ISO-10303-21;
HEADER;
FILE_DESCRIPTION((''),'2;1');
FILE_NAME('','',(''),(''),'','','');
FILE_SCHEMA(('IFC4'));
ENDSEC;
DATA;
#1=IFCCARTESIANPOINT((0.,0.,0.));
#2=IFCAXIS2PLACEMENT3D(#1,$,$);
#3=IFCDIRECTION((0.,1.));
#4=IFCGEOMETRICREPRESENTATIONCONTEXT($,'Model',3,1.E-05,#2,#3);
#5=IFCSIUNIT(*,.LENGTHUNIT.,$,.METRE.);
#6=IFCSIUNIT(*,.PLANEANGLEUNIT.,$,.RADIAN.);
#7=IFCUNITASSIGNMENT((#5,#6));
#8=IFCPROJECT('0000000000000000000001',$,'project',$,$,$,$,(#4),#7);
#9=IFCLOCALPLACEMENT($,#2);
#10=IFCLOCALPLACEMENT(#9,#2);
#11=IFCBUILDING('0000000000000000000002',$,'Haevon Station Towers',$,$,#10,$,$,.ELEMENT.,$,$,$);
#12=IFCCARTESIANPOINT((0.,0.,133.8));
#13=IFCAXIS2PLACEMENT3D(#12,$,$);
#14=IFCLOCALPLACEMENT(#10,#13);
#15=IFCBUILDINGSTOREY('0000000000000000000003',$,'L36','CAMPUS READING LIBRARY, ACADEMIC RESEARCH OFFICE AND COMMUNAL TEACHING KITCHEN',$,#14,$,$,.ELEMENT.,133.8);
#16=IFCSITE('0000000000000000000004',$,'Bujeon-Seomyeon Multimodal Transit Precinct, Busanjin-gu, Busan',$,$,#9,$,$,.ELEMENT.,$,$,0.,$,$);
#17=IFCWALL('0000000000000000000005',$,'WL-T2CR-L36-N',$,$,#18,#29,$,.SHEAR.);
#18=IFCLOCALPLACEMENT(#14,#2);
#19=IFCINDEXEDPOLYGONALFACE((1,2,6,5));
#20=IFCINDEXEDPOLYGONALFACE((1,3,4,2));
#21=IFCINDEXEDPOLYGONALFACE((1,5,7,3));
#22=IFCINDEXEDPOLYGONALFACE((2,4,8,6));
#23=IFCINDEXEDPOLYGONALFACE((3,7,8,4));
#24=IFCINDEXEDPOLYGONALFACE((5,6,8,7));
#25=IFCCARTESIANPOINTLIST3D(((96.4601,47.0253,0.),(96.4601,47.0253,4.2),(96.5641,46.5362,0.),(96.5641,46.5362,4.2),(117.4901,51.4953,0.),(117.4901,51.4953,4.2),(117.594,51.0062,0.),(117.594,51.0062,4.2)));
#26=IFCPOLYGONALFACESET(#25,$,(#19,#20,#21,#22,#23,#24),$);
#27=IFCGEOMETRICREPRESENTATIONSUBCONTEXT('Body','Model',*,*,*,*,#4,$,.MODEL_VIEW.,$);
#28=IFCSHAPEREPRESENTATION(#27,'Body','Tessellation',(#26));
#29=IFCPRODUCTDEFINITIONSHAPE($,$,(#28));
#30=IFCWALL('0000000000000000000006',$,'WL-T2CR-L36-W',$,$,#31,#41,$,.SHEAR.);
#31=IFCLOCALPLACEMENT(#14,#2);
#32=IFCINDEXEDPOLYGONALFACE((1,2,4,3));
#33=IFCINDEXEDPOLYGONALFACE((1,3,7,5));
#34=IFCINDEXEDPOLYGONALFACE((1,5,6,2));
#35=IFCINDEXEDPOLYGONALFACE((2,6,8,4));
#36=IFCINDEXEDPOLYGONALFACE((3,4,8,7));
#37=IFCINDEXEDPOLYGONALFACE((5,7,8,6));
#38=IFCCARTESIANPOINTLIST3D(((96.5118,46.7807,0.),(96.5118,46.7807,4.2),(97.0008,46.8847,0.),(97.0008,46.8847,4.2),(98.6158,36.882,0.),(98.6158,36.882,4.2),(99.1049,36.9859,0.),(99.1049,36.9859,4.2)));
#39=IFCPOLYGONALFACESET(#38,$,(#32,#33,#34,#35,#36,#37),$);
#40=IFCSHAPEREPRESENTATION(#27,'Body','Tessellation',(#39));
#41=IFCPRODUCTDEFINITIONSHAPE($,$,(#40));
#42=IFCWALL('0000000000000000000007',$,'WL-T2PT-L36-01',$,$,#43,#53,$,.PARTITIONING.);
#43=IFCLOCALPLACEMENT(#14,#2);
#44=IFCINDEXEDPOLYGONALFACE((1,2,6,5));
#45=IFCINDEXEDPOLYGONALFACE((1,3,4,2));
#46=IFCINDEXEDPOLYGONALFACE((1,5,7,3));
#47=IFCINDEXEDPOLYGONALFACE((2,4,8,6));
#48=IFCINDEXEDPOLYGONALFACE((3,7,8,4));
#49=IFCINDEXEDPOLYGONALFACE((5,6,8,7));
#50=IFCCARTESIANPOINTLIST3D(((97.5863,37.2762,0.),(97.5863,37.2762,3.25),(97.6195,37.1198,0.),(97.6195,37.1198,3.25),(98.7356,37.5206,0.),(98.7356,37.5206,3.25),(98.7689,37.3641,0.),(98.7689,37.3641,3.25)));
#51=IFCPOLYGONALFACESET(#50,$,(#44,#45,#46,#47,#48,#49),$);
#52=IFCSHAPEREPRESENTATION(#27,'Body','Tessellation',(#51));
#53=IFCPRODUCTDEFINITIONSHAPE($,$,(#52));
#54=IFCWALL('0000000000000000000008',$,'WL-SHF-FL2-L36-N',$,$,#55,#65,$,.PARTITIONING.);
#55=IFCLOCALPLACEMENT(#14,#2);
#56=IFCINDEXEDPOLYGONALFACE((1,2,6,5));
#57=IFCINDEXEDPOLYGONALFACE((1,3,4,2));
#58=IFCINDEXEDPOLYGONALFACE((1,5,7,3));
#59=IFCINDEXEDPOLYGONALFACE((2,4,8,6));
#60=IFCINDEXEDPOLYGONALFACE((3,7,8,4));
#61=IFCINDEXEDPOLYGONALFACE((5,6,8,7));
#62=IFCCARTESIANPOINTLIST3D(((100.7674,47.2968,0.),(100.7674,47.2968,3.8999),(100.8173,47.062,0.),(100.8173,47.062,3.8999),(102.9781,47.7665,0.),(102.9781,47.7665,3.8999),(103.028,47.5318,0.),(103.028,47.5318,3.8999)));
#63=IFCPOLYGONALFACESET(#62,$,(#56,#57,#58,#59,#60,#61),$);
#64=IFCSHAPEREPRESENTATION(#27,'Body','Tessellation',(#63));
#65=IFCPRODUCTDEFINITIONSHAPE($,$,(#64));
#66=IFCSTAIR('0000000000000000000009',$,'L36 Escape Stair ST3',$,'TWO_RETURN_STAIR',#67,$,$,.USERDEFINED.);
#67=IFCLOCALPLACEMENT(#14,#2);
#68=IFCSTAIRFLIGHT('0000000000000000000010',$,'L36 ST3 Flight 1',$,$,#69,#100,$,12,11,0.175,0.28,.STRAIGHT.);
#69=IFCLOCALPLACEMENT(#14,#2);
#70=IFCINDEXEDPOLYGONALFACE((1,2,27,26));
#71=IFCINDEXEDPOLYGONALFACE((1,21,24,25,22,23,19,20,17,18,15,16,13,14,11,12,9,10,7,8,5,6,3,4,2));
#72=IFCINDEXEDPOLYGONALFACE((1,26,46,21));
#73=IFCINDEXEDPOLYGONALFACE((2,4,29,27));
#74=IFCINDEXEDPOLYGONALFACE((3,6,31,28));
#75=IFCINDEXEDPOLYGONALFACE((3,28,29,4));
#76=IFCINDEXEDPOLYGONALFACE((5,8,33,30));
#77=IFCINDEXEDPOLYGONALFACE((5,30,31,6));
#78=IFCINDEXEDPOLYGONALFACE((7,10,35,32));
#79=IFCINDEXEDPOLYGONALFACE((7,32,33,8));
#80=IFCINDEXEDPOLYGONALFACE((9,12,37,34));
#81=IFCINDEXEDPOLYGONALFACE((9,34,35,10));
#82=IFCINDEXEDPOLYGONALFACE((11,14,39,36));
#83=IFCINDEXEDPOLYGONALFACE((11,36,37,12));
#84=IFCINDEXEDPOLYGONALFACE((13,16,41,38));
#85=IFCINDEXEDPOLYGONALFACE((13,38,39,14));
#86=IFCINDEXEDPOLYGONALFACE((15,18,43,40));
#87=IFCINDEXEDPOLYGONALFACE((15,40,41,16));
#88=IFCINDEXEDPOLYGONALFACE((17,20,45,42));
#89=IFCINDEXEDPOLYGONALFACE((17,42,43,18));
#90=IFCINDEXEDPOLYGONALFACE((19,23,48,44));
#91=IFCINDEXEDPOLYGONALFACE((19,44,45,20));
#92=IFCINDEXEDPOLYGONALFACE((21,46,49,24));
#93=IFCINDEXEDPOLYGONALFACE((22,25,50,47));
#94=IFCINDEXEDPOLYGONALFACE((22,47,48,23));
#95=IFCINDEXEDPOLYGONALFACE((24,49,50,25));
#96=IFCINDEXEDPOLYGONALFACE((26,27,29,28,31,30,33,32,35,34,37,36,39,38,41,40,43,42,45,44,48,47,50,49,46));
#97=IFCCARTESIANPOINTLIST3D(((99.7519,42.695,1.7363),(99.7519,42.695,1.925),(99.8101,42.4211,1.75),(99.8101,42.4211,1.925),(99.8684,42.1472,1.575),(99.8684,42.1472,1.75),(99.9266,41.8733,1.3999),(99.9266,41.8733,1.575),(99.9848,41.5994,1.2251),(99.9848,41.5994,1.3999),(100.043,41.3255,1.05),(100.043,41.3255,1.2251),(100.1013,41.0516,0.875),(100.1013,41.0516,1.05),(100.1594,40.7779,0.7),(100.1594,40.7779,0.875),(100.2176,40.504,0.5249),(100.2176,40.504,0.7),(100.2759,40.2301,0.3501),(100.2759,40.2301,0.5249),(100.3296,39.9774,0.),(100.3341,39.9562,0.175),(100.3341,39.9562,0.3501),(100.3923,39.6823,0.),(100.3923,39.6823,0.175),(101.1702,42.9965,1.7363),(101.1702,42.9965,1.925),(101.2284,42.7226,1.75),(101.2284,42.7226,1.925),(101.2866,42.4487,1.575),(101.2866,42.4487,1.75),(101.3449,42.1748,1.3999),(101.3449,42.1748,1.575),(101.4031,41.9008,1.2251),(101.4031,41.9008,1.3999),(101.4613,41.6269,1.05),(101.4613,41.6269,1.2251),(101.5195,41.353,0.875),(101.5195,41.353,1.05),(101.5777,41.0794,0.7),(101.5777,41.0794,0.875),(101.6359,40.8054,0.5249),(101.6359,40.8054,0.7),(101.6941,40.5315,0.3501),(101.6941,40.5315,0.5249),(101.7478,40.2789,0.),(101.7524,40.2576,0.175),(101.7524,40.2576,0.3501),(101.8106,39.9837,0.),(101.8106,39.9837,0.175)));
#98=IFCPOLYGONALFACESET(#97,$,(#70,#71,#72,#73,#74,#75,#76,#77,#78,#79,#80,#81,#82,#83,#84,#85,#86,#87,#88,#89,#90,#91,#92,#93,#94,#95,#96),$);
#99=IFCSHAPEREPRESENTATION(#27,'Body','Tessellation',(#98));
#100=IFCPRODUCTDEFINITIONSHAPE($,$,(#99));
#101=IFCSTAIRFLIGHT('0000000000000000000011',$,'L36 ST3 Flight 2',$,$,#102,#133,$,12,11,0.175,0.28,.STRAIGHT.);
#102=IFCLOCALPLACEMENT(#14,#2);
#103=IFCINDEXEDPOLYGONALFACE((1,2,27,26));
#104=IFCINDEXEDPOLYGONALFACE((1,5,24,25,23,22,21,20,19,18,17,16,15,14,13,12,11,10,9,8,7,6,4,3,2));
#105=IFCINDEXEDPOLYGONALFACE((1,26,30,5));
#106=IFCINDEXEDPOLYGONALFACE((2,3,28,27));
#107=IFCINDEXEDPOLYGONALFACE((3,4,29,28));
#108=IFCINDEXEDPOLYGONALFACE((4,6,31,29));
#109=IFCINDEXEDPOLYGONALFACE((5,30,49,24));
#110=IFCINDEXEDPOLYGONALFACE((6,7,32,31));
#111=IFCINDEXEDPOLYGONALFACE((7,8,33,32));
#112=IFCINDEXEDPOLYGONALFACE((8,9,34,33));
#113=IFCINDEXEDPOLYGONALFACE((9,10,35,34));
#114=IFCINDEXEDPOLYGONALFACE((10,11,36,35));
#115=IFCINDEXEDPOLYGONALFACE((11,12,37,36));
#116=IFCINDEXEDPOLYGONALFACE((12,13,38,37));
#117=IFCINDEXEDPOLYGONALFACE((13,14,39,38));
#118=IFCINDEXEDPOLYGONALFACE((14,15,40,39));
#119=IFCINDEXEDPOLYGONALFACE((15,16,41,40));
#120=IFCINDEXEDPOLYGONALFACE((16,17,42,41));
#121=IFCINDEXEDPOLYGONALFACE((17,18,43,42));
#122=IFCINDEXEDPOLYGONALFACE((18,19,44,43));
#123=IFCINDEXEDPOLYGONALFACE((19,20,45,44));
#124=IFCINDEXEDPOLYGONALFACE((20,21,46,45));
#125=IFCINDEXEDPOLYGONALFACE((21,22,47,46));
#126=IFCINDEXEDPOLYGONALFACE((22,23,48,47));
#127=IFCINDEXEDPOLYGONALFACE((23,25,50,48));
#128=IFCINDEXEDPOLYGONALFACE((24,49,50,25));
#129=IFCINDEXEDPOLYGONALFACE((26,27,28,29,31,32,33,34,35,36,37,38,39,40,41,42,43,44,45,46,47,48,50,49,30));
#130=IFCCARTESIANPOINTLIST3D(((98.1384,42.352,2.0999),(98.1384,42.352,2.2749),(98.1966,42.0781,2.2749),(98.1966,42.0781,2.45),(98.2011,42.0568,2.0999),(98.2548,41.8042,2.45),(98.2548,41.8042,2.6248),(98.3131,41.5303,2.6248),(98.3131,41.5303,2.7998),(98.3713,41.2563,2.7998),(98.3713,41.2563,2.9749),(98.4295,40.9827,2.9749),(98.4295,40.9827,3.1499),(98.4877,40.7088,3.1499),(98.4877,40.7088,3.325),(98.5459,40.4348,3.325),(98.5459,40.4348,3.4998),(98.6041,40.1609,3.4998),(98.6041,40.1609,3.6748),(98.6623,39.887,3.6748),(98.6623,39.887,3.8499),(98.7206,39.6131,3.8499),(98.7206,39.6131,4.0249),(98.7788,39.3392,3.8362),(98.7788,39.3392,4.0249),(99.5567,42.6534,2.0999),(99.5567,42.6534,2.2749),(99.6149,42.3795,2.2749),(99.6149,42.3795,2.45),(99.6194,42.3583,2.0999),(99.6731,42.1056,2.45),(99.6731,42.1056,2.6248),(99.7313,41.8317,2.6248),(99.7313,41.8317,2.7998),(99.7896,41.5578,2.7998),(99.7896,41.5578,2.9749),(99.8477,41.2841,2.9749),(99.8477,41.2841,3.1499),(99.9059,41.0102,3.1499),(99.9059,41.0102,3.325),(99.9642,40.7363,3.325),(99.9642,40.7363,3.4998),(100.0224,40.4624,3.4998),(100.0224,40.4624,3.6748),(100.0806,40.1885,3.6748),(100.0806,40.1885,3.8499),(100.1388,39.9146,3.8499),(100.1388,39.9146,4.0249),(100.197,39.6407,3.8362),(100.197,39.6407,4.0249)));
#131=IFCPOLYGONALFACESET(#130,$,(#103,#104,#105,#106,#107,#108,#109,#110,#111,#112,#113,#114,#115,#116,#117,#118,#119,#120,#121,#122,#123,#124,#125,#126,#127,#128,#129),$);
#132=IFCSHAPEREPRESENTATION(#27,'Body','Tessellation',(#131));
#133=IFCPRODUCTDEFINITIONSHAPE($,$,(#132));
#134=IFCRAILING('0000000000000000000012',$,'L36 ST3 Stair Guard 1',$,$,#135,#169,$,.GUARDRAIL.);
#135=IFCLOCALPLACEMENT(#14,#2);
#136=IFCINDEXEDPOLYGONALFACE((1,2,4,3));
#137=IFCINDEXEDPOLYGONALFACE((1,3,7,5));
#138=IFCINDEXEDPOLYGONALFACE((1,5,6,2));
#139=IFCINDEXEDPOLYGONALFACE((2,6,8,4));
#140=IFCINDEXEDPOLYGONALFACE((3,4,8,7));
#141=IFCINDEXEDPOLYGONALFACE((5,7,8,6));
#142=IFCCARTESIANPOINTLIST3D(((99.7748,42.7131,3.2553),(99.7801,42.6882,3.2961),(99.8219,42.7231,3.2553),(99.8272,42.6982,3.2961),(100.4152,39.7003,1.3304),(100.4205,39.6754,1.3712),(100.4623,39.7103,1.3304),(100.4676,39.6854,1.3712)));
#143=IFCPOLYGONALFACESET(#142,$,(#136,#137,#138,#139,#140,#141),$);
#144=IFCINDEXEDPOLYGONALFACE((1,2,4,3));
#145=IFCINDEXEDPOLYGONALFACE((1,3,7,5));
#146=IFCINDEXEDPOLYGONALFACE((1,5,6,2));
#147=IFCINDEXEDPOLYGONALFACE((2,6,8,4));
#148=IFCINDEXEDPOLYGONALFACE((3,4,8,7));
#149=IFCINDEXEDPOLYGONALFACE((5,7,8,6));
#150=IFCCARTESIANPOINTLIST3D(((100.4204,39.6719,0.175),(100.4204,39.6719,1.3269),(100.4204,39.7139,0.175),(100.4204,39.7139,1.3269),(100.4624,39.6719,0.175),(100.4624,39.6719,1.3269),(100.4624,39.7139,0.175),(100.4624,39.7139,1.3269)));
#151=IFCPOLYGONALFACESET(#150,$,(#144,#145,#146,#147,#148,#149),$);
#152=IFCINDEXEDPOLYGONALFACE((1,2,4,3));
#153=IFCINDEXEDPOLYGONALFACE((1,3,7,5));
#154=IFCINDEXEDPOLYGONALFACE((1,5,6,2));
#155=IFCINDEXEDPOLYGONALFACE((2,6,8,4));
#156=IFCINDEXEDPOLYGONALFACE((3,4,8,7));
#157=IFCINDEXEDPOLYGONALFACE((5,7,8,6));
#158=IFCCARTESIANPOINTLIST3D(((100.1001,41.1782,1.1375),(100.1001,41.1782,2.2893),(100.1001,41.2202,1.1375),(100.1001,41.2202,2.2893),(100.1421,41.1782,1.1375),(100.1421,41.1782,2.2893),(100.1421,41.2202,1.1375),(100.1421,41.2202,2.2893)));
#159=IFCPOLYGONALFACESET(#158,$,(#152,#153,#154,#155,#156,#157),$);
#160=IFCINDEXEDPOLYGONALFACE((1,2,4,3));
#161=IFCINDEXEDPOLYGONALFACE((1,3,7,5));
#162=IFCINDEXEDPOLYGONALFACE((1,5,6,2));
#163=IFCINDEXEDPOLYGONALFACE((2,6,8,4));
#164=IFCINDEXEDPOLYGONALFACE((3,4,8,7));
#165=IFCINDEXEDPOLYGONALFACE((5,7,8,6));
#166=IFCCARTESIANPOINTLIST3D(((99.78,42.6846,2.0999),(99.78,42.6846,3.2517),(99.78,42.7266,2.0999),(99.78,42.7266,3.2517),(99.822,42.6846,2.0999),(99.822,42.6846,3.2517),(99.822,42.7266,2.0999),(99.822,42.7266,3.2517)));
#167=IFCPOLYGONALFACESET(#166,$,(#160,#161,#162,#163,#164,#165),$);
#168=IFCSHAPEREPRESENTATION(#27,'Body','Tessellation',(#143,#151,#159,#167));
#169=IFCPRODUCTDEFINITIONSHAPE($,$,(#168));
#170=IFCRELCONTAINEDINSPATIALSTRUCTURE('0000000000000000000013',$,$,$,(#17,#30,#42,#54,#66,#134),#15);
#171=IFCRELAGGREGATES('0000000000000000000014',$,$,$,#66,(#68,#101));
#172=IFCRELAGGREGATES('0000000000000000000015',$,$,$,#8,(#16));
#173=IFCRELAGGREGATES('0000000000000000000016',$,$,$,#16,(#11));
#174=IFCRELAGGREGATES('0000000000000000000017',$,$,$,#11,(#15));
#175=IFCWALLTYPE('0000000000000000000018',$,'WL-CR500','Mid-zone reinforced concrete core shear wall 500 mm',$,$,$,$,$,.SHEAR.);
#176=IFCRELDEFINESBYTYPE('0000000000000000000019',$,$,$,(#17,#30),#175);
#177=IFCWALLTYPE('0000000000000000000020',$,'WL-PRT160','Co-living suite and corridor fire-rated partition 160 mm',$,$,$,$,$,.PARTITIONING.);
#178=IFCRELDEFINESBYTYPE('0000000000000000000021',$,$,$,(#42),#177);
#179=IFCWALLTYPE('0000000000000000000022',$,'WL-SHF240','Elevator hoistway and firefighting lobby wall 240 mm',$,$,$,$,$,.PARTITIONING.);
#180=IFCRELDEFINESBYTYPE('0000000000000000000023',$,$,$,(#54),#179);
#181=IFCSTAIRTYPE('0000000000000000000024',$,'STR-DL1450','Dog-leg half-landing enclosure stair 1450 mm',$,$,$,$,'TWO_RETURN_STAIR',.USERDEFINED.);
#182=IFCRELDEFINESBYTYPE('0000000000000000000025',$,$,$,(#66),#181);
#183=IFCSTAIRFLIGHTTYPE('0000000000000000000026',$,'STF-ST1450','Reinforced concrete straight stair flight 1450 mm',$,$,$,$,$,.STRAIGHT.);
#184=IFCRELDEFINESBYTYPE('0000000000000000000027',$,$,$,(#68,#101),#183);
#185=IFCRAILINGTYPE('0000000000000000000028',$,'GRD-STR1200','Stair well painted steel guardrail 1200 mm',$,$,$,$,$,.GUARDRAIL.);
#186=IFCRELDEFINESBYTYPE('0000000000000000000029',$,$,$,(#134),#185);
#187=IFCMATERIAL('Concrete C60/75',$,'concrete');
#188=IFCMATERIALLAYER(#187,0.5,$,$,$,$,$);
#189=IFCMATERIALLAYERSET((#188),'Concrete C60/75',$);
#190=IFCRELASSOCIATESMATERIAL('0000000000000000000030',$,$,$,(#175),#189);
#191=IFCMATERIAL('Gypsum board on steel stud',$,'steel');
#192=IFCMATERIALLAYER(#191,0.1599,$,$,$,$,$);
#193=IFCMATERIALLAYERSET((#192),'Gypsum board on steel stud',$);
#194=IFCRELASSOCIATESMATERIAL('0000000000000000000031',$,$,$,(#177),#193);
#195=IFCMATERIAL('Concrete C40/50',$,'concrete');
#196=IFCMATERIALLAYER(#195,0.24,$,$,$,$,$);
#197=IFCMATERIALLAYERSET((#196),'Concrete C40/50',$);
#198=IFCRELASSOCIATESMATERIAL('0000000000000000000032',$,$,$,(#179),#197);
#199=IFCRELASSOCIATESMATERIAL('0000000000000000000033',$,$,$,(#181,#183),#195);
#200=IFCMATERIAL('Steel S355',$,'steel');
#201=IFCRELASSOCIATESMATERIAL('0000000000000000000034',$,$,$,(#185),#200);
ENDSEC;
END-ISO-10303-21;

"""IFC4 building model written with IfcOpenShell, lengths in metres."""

from ifc_helpers import new_model, si_unit, direction, frame, frame_2d, origin, origin_2d, place, context, subcontext, project, spatial, polyline, rectangle, outline, extrude, material, layer, layer_set, type_object, element, aggregate, save


model = new_model("IFC4")

# Units and contexts
model_context = context("Model", 3, precision=1e-05, world=origin(), true_north=direction((0.0, 1.0)))
body_context = subcontext(model_context, "Body", "Model", "MODEL_VIEW")
ifc_project = project(units=[si_unit("LENGTHUNIT", "METRE"), si_unit("PLANEANGLEUNIT", "RADIAN")], contexts=[model_context])

# Site, building, storey
site_placement = place(None, origin())
site = spatial("IfcSite", under=ifc_project, at=site_placement, Name="Bujeon-Seomyeon Multimodal Transit Precinct, Busanjin-gu, Busan", CompositionType="ELEMENT", RefElevation=0.0)
building_placement = place(site_placement, origin())
building = spatial("IfcBuilding", under=site, at=building_placement, Name="Haevon Station Towers", CompositionType="ELEMENT")
storey_placement = place(building_placement, frame((0.0, 0.0, 133.8)))
storey = spatial("IfcBuildingStorey", under=building, at=storey_placement, Name="L36", Description="CAMPUS READING LIBRARY, ACADEMIC RESEARCH OFFICE AND COMMUNAL TEACHING KITCHEN", CompositionType="ELEMENT", Elevation=133.8)

# Shared definitions
ifc_material_1 = material(Name="Steel S355", Category="steel")

# Shared definitions
ifc_material_2 = material(Name="Gypsum board on steel stud", Category="steel")

# Walls
ifc_material_3 = material(Name="Concrete C60/75", Category="concrete")
ifc_layer_1 = layer(ifc_material_3, 0.5)
ifc_layer_set_1 = layer_set([ifc_layer_1], Name="Concrete C60/75")
wall_type_1 = type_object("IfcWallType", Name="WL-CR500", Description="Mid-zone reinforced concrete core shear wall 500 mm", PredefinedType="SHEAR", material=ifc_layer_set_1)
wall_1_placement = place(storey_placement, frame((96.512, 46.7808, 0.0), z_axis=(0.0, 0.0, 1.0), x_axis=(0.978149, 0.207907, 0.0)))
element("IfcWall", 1, at=wall_1_placement, inside=storey, type_object=wall_type_1, Name="WL-T2CR-L36-N", PredefinedType="SHEAR", context=body_context, shape_type="SweptSolid", body=[
    extrude(rectangle(XDim=21.4998, YDim=0.5, at=frame_2d((10.75, 0.0))), origin(), (0.0, 0.0, 1.0), 4.2),
])
wall_2_placement = place(storey_placement, frame((98.8604, 36.9338, 0.0), z_axis=(0.0, 0.0, 1.0), x_axis=(-0.207909, 0.978148, 0.0)))
element("IfcWall", 2, at=wall_2_placement, inside=storey, type_object=wall_type_1, Name="WL-T2CR-L36-W", PredefinedType="SHEAR", context=body_context, shape_type="SweptSolid", body=[
    extrude(rectangle(XDim=10.1199, YDim=0.5, at=frame_2d((5.0601, 0.0))), origin(), (0.0, 0.0, 1.0), 4.2),
])
ifc_layer_2 = layer(ifc_material_2, 0.1599)
ifc_layer_set_2 = layer_set([ifc_layer_2], Name="Gypsum board on steel stud")
wall_type_2 = type_object("IfcWallType", Name="WL-PRT160", Description="Co-living suite and corridor fire-rated partition 160 mm", PredefinedType="PARTITIONING", material=ifc_layer_set_2)
wall_3_placement = place(storey_placement, frame((97.603, 37.198, 0.0), z_axis=(0.0, 0.0, 1.0), x_axis=(0.978136, 0.207968, 0.0)))
element("IfcWall", 3, at=wall_3_placement, inside=storey, type_object=wall_type_2, Name="WL-T2PT-L36-01", PredefinedType="PARTITIONING", context=body_context, shape_type="SweptSolid", body=[
    extrude(rectangle(XDim=1.175, YDim=0.1599, at=frame_2d((0.5874, 0.0))), origin(), (0.0, 0.0, 1.0), 3.25),
])

# Shared definitions
ifc_material_4 = material(Name="Concrete C40/50", Category="concrete")
ifc_layer_3 = layer(ifc_material_4, 0.24)
ifc_layer_set_3 = layer_set([ifc_layer_3], Name="Concrete C40/50")
wall_type_3 = type_object("IfcWallType", Name="WL-SHF240", Description="Elevator hoistway and firefighting lobby wall 240 mm", PredefinedType="PARTITIONING", material=ifc_layer_set_3)

# Wall
wall_4_placement = place(storey_placement, frame((100.7925, 47.1794, 0.0), z_axis=(0.0, 0.0, 1.0), x_axis=(0.978163, 0.207839, 0.0)))
element("IfcWall", 4, at=wall_4_placement, inside=storey, type_object=wall_type_3, Name="WL-SHF-FL2-L36-N", PredefinedType="PARTITIONING", context=body_context, shape_type="SweptSolid", body=[
    extrude(rectangle(XDim=2.26, YDim=0.24, at=frame_2d((1.1299, 0.0))), origin(), (0.0, 0.0, 1.0), 3.8999),
])

# Stair, stair flights
stair_type = type_object("IfcStairType", Name="STR-DL1450", Description="Dog-leg half-landing enclosure stair 1450 mm", ElementType="TWO_RETURN_STAIR", PredefinedType="USERDEFINED", material=ifc_material_4)
stair_placement = place(storey_placement, origin())
stair = element("IfcStair", 5, at=stair_placement, inside=storey, type_object=stair_type, Name="L36 Escape Stair ST3", ObjectType="TWO_RETURN_STAIR", PredefinedType="USERDEFINED")
stair_flight_type = type_object("IfcStairFlightType", Name="STF-ST1450", Description="Reinforced concrete straight stair flight 1450 mm", PredefinedType="STRAIGHT", material=ifc_material_4)
stair_flight_1_placement = place(storey_placement, frame((101.1016, 39.833, 0.0), z_axis=(0.0, 0.0, 1.0), x_axis=(-0.207912, 0.978148, 0.0)))
stair_flight_1 = element("IfcStairFlight", 6, at=stair_flight_1_placement, type_object=stair_flight_type, Name="L36 ST3 Flight 1", NumberOfRisers=12, NumberOfTreads=11, PredefinedType="STRAIGHT", RiserHeight=0.175, TreadLength=0.28, context=body_context, shape_type="SweptSolid", body=[
    extrude(outline(polyline([(0.0, 0.0), (0.0, 0.175), (0.28, 0.175), (0.28, 0.3501), (0.5601, 0.3501), (0.5601, 0.5249), (0.8401, 0.5249), (0.8401, 0.7), (1.1201, 0.7), (1.1201, 0.875), (1.3999, 0.875), (1.3999, 1.05), (1.6799, 1.05), (1.6799, 1.2251), (1.96, 1.2251), (1.96, 1.3999), (2.24, 1.3999), (2.24, 1.575), (2.52, 1.575), (2.52, 1.75), (2.8, 1.75), (2.8, 1.925), (3.0801, 1.925), (3.0801, 2.1001), (3.0801, 1.7363), (0.3018, 0.0), (0.0, 0.0)])), frame((0.0, 0.7251, 0.0), z_axis=(0.0, -1.0, 0.0), x_axis=(1.0, 0.0, 0.0)), (0.0, 0.0, 1.0), 1.45),
])
stair_flight_2_placement = place(storey_placement, frame((98.8474, 42.5027, 2.0999), z_axis=(0.0, 0.0, 1.0), x_axis=(0.207912, -0.978148, 0.0)))
stair_flight_2 = element("IfcStairFlight", 7, at=stair_flight_2_placement, type_object=stair_flight_type, Name="L36 ST3 Flight 2", NumberOfRisers=12, NumberOfTreads=11, PredefinedType="STRAIGHT", RiserHeight=0.175, TreadLength=0.28, context=body_context, shape_type="SweptSolid", body=[
    extrude(outline(polyline([(0.0, 0.0), (0.0, 0.175), (0.28, 0.175), (0.28, 0.3501), (0.5601, 0.3501), (0.5601, 0.5249), (0.8401, 0.5249), (0.8401, 0.7), (1.1201, 0.7), (1.1201, 0.875), (1.3999, 0.875), (1.3999, 1.05), (1.6799, 1.05), (1.6799, 1.2251), (1.96, 1.2251), (1.96, 1.3999), (2.24, 1.3999), (2.24, 1.575), (2.52, 1.575), (2.52, 1.75), (2.8, 1.75), (2.8, 1.925), (3.0801, 1.925), (3.0801, 2.1001), (3.0801, 1.7363), (0.3018, 0.0), (0.0, 0.0)])), frame((0.0, 0.7251, 0.0), z_axis=(0.0, -1.0, 0.0), x_axis=(1.0, 0.0, 0.0)), (0.0, 0.0, 1.0), 1.45),
])
aggregate(stair, [stair_flight_1, stair_flight_2])

# Railing
railing_type_1 = type_object("IfcRailingType", Name="GRD-STR1200", Description="Stair well painted steel guardrail 1200 mm", PredefinedType="GUARDRAIL", material=ifc_material_1)
railing_1_placement = place(storey_placement, frame((100.4414, 39.6929, 0.175)))
element("IfcRailing", 8, at=railing_1_placement, inside=storey, type_object=railing_type_1, Name="L36 ST3 Stair Guard 1", PredefinedType="GUARDRAIL", context=body_context, shape_type="SweptSolid", body=[
    extrude(rectangle(XDim=0.0481, YDim=0.0481, at=origin_2d()), frame((0.0, 0.0, 1.1758), z_axis=(-0.176317, 0.829491, 0.52996), x_axis=(-0.978147, -0.207916, 0.0)), (0.0, 0.0, 1.0), 3.6321),
    extrude(rectangle(XDim=0.042, YDim=0.042, at=origin_2d()), origin(), (0.0, 0.0, 1.0), 1.1519),
    extrude(rectangle(XDim=0.042, YDim=0.042, at=origin_2d()), frame((-0.3203, 1.5063, 0.9624)), (0.0, 0.0, 1.0), 1.1519),
    extrude(rectangle(XDim=0.042, YDim=0.042, at=origin_2d()), frame((-0.6404, 3.0127, 1.9248)), (0.0, 0.0, 1.0), 1.1519),
])

save(model, "model.ifc")
